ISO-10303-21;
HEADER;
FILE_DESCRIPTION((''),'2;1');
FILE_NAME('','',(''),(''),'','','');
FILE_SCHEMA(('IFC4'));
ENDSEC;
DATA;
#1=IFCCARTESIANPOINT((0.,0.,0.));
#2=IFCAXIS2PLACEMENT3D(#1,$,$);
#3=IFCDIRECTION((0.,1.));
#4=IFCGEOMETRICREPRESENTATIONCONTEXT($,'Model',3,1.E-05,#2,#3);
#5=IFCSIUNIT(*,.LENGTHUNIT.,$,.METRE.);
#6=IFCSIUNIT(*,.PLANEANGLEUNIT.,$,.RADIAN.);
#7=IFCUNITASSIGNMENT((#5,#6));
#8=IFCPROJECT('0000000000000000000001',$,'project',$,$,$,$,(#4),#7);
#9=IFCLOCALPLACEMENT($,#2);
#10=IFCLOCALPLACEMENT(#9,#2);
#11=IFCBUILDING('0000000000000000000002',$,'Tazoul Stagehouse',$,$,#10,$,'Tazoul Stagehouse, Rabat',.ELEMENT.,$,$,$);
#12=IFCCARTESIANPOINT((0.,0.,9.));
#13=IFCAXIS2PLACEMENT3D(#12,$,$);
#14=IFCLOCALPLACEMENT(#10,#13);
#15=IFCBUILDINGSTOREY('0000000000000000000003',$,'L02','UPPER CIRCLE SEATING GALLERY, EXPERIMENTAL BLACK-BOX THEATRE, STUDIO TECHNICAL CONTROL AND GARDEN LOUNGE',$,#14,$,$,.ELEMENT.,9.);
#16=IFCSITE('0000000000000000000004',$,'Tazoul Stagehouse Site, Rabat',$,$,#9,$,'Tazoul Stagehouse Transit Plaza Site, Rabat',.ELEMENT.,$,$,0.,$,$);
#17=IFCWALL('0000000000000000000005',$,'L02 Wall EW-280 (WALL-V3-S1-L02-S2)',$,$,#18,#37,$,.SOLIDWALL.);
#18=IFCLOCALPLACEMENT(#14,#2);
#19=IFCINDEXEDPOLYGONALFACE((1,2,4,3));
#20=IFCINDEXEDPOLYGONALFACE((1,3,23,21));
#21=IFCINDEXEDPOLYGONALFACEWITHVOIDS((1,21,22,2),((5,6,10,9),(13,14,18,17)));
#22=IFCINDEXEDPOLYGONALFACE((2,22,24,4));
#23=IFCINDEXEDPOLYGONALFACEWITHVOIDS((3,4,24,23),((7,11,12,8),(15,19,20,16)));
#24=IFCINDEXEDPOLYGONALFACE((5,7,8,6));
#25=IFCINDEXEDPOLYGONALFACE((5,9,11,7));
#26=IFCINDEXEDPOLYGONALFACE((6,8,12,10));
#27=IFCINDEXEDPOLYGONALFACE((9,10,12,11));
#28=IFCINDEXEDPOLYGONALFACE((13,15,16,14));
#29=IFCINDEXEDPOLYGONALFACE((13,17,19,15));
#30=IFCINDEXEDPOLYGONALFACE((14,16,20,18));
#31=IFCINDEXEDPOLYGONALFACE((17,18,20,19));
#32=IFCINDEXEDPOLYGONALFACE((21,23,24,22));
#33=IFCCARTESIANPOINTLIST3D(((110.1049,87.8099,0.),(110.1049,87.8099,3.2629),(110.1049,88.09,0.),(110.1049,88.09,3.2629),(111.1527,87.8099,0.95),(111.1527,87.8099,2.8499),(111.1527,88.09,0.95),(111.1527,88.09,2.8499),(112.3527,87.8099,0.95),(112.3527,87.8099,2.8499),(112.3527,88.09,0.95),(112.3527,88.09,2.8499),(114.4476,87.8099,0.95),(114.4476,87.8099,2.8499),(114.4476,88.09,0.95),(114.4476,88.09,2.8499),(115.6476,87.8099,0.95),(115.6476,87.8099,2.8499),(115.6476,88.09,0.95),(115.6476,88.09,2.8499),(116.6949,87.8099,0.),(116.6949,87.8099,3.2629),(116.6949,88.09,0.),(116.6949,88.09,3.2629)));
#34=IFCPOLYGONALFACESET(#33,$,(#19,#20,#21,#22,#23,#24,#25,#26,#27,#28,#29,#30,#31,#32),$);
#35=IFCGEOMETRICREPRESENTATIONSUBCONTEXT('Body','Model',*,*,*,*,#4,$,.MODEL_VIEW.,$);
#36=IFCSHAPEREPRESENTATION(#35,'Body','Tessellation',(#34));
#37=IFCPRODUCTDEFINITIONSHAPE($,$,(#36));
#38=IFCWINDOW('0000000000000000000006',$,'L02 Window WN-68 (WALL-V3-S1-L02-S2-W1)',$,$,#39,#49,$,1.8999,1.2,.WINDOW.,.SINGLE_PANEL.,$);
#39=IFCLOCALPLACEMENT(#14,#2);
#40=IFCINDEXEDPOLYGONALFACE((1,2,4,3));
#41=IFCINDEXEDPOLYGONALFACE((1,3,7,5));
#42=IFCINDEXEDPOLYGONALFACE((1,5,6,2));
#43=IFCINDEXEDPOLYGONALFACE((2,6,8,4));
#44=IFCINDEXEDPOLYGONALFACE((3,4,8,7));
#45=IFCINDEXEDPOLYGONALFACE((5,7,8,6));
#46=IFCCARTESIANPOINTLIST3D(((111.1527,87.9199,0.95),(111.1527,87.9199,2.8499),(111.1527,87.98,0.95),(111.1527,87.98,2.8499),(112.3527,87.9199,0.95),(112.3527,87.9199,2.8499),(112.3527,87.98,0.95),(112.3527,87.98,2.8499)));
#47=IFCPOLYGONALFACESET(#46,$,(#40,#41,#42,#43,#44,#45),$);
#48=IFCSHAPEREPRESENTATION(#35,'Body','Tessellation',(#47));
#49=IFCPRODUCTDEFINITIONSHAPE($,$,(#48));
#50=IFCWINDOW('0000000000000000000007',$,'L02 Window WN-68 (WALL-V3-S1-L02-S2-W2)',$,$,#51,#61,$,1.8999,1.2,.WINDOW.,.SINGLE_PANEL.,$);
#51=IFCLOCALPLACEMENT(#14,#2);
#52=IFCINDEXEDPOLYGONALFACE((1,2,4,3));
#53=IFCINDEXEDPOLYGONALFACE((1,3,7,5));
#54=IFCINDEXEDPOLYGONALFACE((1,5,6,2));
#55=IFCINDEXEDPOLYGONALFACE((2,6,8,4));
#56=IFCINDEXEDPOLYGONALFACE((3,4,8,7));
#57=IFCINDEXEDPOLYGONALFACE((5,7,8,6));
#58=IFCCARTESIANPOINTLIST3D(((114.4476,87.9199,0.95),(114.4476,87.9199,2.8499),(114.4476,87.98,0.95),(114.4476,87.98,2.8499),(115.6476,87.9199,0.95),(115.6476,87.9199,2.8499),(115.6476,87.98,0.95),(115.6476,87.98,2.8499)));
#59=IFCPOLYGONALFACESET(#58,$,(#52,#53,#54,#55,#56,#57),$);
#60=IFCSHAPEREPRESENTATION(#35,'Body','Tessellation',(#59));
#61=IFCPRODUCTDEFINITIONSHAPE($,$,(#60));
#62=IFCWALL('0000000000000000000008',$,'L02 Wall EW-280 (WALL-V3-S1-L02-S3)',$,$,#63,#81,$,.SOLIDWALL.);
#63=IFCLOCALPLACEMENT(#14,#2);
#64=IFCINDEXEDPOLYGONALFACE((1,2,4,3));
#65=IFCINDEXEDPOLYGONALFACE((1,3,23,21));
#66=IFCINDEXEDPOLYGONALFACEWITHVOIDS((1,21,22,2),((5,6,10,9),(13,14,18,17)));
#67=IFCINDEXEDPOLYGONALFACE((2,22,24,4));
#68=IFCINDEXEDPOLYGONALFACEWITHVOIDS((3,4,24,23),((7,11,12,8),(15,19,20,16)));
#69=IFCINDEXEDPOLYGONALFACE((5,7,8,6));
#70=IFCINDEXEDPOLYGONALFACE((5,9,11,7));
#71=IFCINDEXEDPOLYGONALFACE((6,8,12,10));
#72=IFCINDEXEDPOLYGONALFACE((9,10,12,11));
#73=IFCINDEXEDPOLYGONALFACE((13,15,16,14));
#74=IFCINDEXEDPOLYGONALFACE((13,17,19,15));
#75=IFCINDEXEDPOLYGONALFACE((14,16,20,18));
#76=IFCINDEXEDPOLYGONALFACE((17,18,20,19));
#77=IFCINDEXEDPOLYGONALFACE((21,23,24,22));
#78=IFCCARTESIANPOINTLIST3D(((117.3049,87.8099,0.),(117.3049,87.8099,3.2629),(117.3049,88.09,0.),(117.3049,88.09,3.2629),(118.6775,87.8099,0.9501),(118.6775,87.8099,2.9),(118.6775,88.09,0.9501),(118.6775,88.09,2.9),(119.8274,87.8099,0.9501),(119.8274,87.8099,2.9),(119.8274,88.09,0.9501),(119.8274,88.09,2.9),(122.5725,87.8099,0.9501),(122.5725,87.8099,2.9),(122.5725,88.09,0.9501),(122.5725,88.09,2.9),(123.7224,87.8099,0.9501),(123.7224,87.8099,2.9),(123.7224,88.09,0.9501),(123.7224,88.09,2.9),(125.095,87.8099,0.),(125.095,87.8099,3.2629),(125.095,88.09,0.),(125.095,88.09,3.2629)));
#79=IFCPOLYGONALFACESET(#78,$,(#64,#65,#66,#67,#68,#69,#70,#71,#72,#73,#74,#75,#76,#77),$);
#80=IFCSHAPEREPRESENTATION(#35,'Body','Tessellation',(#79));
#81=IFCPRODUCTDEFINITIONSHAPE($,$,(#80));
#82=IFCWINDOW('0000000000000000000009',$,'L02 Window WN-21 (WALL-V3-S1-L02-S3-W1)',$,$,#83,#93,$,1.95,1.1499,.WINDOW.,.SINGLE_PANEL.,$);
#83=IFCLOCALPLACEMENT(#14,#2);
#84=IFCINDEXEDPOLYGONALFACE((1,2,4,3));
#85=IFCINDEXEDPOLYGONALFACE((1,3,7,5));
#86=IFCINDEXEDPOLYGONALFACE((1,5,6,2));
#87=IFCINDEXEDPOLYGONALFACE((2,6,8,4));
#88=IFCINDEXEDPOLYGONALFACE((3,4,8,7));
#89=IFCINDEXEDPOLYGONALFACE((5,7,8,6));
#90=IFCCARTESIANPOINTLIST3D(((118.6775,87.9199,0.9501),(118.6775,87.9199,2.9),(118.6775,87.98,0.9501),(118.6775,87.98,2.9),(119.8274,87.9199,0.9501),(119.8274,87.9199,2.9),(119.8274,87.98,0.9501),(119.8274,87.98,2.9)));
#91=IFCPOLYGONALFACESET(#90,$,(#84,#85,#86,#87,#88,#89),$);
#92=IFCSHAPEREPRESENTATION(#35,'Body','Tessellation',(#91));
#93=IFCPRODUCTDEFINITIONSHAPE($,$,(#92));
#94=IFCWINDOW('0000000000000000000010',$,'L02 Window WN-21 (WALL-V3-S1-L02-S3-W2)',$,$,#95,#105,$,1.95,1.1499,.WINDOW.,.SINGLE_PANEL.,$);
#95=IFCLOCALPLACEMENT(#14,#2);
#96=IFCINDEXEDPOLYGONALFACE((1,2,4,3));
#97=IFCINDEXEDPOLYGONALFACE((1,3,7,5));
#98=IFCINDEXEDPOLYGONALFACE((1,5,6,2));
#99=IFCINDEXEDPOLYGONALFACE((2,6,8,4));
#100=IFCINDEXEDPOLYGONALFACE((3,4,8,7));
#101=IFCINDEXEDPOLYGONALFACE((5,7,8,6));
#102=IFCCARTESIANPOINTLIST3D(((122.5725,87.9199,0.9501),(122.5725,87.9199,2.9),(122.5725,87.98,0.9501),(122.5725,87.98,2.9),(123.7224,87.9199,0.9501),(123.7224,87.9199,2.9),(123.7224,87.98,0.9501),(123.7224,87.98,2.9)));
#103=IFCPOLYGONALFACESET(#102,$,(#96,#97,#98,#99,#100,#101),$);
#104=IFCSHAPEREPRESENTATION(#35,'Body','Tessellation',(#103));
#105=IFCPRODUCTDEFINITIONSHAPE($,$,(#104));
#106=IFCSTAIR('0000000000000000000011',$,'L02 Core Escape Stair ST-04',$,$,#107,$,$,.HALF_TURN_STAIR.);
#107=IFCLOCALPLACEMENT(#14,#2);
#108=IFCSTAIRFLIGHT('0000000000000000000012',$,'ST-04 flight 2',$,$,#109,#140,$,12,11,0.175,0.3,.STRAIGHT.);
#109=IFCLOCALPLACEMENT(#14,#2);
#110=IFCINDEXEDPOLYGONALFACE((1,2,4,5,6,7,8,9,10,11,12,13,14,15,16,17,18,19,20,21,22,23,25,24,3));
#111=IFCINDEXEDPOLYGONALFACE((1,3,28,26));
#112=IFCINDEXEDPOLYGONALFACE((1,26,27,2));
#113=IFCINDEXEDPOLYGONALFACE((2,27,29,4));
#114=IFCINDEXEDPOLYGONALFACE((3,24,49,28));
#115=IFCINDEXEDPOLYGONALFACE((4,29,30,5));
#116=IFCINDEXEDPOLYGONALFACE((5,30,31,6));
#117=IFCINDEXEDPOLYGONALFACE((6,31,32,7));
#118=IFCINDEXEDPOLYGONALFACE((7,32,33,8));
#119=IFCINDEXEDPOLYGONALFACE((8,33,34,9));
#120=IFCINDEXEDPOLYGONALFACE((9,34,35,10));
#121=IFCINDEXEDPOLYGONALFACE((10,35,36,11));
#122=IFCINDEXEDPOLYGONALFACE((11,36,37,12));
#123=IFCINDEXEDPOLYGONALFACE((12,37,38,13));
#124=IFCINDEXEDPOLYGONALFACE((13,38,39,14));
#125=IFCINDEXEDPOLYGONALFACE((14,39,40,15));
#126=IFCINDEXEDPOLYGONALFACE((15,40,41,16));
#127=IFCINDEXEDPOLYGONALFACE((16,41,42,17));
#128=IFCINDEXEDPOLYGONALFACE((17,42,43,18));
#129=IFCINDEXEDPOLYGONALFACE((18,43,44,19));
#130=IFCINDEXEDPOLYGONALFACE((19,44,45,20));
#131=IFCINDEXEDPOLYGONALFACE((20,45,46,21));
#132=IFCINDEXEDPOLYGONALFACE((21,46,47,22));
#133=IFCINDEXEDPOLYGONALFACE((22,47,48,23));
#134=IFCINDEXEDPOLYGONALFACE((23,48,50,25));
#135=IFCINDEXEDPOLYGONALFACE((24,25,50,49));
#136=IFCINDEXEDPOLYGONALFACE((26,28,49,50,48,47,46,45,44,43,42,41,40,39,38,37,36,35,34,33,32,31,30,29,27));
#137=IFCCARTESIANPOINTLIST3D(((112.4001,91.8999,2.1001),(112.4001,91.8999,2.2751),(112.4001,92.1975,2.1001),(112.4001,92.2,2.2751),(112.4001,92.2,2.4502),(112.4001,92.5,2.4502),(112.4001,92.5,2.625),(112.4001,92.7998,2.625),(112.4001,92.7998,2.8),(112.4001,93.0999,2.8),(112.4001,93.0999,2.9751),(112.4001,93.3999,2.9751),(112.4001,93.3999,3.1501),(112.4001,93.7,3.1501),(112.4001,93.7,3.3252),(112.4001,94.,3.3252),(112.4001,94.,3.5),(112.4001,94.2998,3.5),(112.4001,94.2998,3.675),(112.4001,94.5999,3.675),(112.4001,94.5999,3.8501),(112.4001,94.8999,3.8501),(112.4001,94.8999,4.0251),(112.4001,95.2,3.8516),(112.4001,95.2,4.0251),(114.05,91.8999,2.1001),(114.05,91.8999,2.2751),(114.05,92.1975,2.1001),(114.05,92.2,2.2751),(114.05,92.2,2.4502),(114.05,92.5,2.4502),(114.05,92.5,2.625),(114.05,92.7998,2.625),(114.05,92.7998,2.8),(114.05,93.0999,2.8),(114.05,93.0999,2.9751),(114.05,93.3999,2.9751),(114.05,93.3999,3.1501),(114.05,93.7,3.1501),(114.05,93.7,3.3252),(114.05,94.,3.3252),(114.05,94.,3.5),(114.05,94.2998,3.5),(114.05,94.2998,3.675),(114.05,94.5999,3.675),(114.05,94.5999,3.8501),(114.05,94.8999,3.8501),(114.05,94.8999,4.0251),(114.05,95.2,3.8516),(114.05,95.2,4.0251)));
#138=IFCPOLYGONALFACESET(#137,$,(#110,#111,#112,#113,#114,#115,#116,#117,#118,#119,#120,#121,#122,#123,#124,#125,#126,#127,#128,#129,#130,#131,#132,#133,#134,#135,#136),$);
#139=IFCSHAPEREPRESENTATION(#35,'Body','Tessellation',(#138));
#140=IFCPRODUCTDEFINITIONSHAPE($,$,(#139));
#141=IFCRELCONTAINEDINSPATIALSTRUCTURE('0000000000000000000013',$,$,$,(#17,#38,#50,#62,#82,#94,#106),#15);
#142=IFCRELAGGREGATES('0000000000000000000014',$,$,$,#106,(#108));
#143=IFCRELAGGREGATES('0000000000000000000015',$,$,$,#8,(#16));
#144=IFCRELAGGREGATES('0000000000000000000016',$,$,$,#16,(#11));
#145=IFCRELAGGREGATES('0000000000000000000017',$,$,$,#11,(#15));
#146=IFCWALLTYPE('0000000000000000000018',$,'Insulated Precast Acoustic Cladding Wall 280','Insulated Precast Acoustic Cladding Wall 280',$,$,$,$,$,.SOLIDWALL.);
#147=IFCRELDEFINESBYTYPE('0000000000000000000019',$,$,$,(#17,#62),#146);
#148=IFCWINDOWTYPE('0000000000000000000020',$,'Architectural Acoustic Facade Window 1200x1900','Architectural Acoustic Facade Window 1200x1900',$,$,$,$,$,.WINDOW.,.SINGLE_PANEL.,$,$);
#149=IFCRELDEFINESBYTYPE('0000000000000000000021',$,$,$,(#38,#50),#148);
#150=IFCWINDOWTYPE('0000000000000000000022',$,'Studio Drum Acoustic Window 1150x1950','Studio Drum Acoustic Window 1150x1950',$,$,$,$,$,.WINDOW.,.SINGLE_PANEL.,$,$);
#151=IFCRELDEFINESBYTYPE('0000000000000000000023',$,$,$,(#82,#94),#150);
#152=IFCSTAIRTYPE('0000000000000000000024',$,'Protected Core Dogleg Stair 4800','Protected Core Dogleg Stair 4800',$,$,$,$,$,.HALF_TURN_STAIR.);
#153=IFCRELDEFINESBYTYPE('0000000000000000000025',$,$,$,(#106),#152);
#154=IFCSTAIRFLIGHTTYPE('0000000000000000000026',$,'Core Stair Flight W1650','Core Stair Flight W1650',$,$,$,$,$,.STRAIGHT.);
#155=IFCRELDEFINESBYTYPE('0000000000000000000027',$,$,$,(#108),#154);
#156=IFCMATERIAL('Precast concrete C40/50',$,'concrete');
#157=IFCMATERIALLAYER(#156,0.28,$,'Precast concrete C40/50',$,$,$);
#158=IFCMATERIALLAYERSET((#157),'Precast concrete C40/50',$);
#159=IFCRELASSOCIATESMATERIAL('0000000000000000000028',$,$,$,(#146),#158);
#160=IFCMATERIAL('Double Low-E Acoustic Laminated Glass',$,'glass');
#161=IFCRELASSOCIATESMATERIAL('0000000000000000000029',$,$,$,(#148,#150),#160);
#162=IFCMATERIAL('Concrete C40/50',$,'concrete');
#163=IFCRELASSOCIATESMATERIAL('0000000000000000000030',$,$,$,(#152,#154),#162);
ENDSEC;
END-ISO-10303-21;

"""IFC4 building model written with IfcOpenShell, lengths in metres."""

from ifc_helpers import new_model, si_unit, direction, frame, frame_2d, origin, place, context, subcontext, project, spatial, polyline, rectangle, outline, extrude, material, layer, layer_set, type_object, element, fill, aggregate, save


model = new_model("IFC4")

# Units and contexts
model_context = context("Model", 3, precision=1e-05, world=origin(), true_north=direction((0.0, 1.0)))
body_context = subcontext(model_context, "Body", "Model", "MODEL_VIEW")
ifc_project = project(units=[si_unit("LENGTHUNIT", "METRE"), si_unit("PLANEANGLEUNIT", "RADIAN")], contexts=[model_context])

# Site, building, storey
site_placement = place(None, origin())
site = spatial("IfcSite", under=ifc_project, at=site_placement, Name="Tazoul Stagehouse Site, Rabat", LongName="Tazoul Stagehouse Transit Plaza Site, Rabat", CompositionType="ELEMENT", RefElevation=0.0)
building_placement = place(site_placement, origin())
building = spatial("IfcBuilding", under=site, at=building_placement, Name="Tazoul Stagehouse", LongName="Tazoul Stagehouse, Rabat", CompositionType="ELEMENT")
storey_placement = place(building_placement, frame((0.0, 0.0, 9.0)))
storey = spatial("IfcBuildingStorey", under=building, at=storey_placement, Name="L02", Description="UPPER CIRCLE SEATING GALLERY, EXPERIMENTAL BLACK-BOX THEATRE, STUDIO TECHNICAL CONTROL AND GARDEN LOUNGE", CompositionType="ELEMENT", Elevation=9.0)

# Shared definitions
ifc_material_1 = material(Name="Concrete C40/50", Category="concrete")

# Walls, openings, windows
ifc_material_2 = material(Name="Precast concrete C40/50", Category="concrete")
ifc_layer_1 = layer(ifc_material_2, 0.28, Name="Precast concrete C40/50")
ifc_layer_set_1 = layer_set([ifc_layer_1], Name="Precast concrete C40/50")
wall_type_1 = type_object("IfcWallType", Name="Insulated Precast Acoustic Cladding Wall 280", Description="Insulated Precast Acoustic Cladding Wall 280", PredefinedType="SOLIDWALL", material=ifc_layer_set_1)
wall_1_placement = place(storey_placement, frame((110.105, 87.95, 0.0), z_axis=(0.0, 0.0, 1.0), x_axis=(1.0, 0.0, 0.0)))
wall_1 = element("IfcWall", 1, at=wall_1_placement, inside=storey, type_object=wall_type_1, Name="L02 Wall EW-280 (WALL-V3-S1-L02-S2)", PredefinedType="SOLIDWALL", context=body_context, shape_type="SweptSolid", body=[
    extrude(rectangle(XDim=6.5901, YDim=0.28, at=frame_2d((3.2949, 0.0))), origin(), (0.0, 0.0, 1.0), 3.2629),
])
opening_1_placement = place(wall_1_placement, frame((1.0476, 0.0, 0.95)))
opening_1 = element("IfcOpeningElement", 2, at=opening_1_placement, cuts=wall_1, PredefinedType="OPENING", context=body_context, shape_type="SweptSolid", body=[
    extrude(rectangle(XDim=1.2, YDim=1.8999, at=frame_2d((0.6001, 0.95))), frame((0.0, 0.1599, 0.0), z_axis=(0.0, -1.0, 0.0), x_axis=(1.0, 0.0, 0.0)), (0.0, 0.0, 1.0), 0.3201),
])
opening_2_placement = place(wall_1_placement, frame((4.3425, 0.0, 0.95)))
opening_2 = element("IfcOpeningElement", 3, at=opening_2_placement, cuts=wall_1, PredefinedType="OPENING", context=body_context, shape_type="SweptSolid", body=[
    extrude(rectangle(XDim=1.2, YDim=1.8999, at=frame_2d((0.6001, 0.95))), frame((0.0, 0.1599, 0.0), z_axis=(0.0, -1.0, 0.0), x_axis=(1.0, 0.0, 0.0)), (0.0, 0.0, 1.0), 0.3201),
])
ifc_material_3 = material(Name="Double Low-E Acoustic Laminated Glass", Category="glass")
window_type_1 = type_object("IfcWindowType", Name="Architectural Acoustic Facade Window 1200x1900", Description="Architectural Acoustic Facade Window 1200x1900", PartitioningType="SINGLE_PANEL", PredefinedType="WINDOW", material=ifc_material_3)
window_1_placement = place(opening_1_placement, origin())
window_1 = element("IfcWindow", 4, at=window_1_placement, inside=storey, type_object=window_type_1, Name="L02 Window WN-68 (WALL-V3-S1-L02-S2-W1)", OverallHeight=1.8999, OverallWidth=1.2, PartitioningType="SINGLE_PANEL", PredefinedType="WINDOW", context=body_context, shape_type="SweptSolid", body=[
    extrude(rectangle(XDim=1.2, YDim=1.8999, at=frame_2d((0.6001, 0.95))), frame((0.0, 0.03, 0.0), z_axis=(0.0, -1.0, 0.0), x_axis=(1.0, 0.0, 0.0)), (0.0, 0.0, 1.0), 0.0601),
])
fill(opening_1, window_1)
window_2_placement = place(opening_2_placement, origin())
window_2 = element("IfcWindow", 5, at=window_2_placement, inside=storey, type_object=window_type_1, Name="L02 Window WN-68 (WALL-V3-S1-L02-S2-W2)", OverallHeight=1.8999, OverallWidth=1.2, PartitioningType="SINGLE_PANEL", PredefinedType="WINDOW", context=body_context, shape_type="SweptSolid", body=[
    extrude(rectangle(XDim=1.2, YDim=1.8999, at=frame_2d((0.6001, 0.95))), frame((0.0, 0.03, 0.0), z_axis=(0.0, -1.0, 0.0), x_axis=(1.0, 0.0, 0.0)), (0.0, 0.0, 1.0), 0.0601),
])
fill(opening_2, window_2)
wall_2_placement = place(storey_placement, frame((117.3049, 87.95, 0.0), z_axis=(0.0, 0.0, 1.0), x_axis=(1.0, 0.0, 0.0)))
wall_2 = element("IfcWall", 6, at=wall_2_placement, inside=storey, type_object=wall_type_1, Name="L02 Wall EW-280 (WALL-V3-S1-L02-S3)", PredefinedType="SOLIDWALL", context=body_context, shape_type="SweptSolid", body=[
    extrude(rectangle(XDim=7.79, YDim=0.28, at=frame_2d((3.895, 0.0))), origin(), (0.0, 0.0, 1.0), 3.2629),
])
opening_3_placement = place(wall_2_placement, frame((1.3726, 0.0, 0.95)))
opening_3 = element("IfcOpeningElement", 7, at=opening_3_placement, cuts=wall_2, PredefinedType="OPENING", context=body_context, shape_type="SweptSolid", body=[
    extrude(rectangle(XDim=1.1499, YDim=1.95, at=frame_2d((0.575, 0.9751))), frame((0.0, 0.1599, 0.0), z_axis=(0.0, -1.0, 0.0), x_axis=(1.0, 0.0, 0.0)), (0.0, 0.0, 1.0), 0.3201),
])
opening_4_placement = place(wall_2_placement, frame((5.2676, 0.0, 0.95)))
opening_4 = element("IfcOpeningElement", 8, at=opening_4_placement, cuts=wall_2, PredefinedType="OPENING", context=body_context, shape_type="SweptSolid", body=[
    extrude(rectangle(XDim=1.1499, YDim=1.95, at=frame_2d((0.575, 0.9751))), frame((0.0, 0.1599, 0.0), z_axis=(0.0, -1.0, 0.0), x_axis=(1.0, 0.0, 0.0)), (0.0, 0.0, 1.0), 0.3201),
])
window_type_2 = type_object("IfcWindowType", Name="Studio Drum Acoustic Window 1150x1950", Description="Studio Drum Acoustic Window 1150x1950", PartitioningType="SINGLE_PANEL", PredefinedType="WINDOW", material=ifc_material_3)
window_3_placement = place(opening_3_placement, origin())
window_3 = element("IfcWindow", 9, at=window_3_placement, inside=storey, type_object=window_type_2, Name="L02 Window WN-21 (WALL-V3-S1-L02-S3-W1)", OverallHeight=1.95, OverallWidth=1.1499, PartitioningType="SINGLE_PANEL", PredefinedType="WINDOW", context=body_context, shape_type="SweptSolid", body=[
    extrude(rectangle(XDim=1.1499, YDim=1.95, at=frame_2d((0.575, 0.9751))), frame((0.0, 0.03, 0.0), z_axis=(0.0, -1.0, 0.0), x_axis=(1.0, 0.0, 0.0)), (0.0, 0.0, 1.0), 0.0601),
])
fill(opening_3, window_3)
window_4_placement = place(opening_4_placement, origin())
window_4 = element("IfcWindow", 10, at=window_4_placement, inside=storey, type_object=window_type_2, Name="L02 Window WN-21 (WALL-V3-S1-L02-S3-W2)", OverallHeight=1.95, OverallWidth=1.1499, PartitioningType="SINGLE_PANEL", PredefinedType="WINDOW", context=body_context, shape_type="SweptSolid", body=[
    extrude(rectangle(XDim=1.1499, YDim=1.95, at=frame_2d((0.575, 0.9751))), frame((0.0, 0.03, 0.0), z_axis=(0.0, -1.0, 0.0), x_axis=(1.0, 0.0, 0.0)), (0.0, 0.0, 1.0), 0.0601),
])
fill(opening_4, window_4)

# Stair, stair flight
stair_type = type_object("IfcStairType", Name="Protected Core Dogleg Stair 4800", Description="Protected Core Dogleg Stair 4800", PredefinedType="HALF_TURN_STAIR", material=ifc_material_1)
stair_placement = place(storey_placement, origin())
stair = element("IfcStair", 11, at=stair_placement, inside=storey, type_object=stair_type, Name="L02 Core Escape Stair ST-04", PredefinedType="HALF_TURN_STAIR")
stair_flight_type = type_object("IfcStairFlightType", Name="Core Stair Flight W1650", Description="Core Stair Flight W1650", PredefinedType="STRAIGHT", material=ifc_material_1)
stair_flight_placement = place(storey_placement, frame((113.2251, 91.8999, 2.1001), z_axis=(0.0, 0.0, 1.0), x_axis=(0.0, 1.0, 0.0)))
stair_flight = element("IfcStairFlight", 12, at=stair_flight_placement, type_object=stair_flight_type, Name="ST-04 flight 2", NumberOfRisers=12, NumberOfTreads=11, PredefinedType="STRAIGHT", RiserHeight=0.175, TreadLength=0.3, context=body_context, shape_type="SweptSolid", body=[
    extrude(outline(polyline([(0.0, 0.0), (0.0, 0.175), (0.3, 0.175), (0.3, 0.3501), (0.6001, 0.3501), (0.6001, 0.5249), (0.8999, 0.5249), (0.8999, 0.7), (1.2, 0.7), (1.2, 0.875), (1.5, 0.875), (1.5, 1.05), (1.8, 1.05), (1.8, 1.2251), (2.1001, 1.2251), (2.1001, 1.3999), (2.3999, 1.3999), (2.3999, 1.575), (2.7, 1.575), (2.7, 1.75), (3.0, 1.75), (3.0, 1.925), (3.3, 1.925), (3.3, 2.1001), (3.3, 1.7515), (0.2976, 0.0), (0.0, 0.0)])), frame((0.0, 0.825, 0.0), z_axis=(0.0, -1.0, 0.0), x_axis=(1.0, 0.0, 0.0)), (0.0, 0.0, 1.0), 1.6499),
])
aggregate(stair, [stair_flight])

save(model, "model.ifc")
